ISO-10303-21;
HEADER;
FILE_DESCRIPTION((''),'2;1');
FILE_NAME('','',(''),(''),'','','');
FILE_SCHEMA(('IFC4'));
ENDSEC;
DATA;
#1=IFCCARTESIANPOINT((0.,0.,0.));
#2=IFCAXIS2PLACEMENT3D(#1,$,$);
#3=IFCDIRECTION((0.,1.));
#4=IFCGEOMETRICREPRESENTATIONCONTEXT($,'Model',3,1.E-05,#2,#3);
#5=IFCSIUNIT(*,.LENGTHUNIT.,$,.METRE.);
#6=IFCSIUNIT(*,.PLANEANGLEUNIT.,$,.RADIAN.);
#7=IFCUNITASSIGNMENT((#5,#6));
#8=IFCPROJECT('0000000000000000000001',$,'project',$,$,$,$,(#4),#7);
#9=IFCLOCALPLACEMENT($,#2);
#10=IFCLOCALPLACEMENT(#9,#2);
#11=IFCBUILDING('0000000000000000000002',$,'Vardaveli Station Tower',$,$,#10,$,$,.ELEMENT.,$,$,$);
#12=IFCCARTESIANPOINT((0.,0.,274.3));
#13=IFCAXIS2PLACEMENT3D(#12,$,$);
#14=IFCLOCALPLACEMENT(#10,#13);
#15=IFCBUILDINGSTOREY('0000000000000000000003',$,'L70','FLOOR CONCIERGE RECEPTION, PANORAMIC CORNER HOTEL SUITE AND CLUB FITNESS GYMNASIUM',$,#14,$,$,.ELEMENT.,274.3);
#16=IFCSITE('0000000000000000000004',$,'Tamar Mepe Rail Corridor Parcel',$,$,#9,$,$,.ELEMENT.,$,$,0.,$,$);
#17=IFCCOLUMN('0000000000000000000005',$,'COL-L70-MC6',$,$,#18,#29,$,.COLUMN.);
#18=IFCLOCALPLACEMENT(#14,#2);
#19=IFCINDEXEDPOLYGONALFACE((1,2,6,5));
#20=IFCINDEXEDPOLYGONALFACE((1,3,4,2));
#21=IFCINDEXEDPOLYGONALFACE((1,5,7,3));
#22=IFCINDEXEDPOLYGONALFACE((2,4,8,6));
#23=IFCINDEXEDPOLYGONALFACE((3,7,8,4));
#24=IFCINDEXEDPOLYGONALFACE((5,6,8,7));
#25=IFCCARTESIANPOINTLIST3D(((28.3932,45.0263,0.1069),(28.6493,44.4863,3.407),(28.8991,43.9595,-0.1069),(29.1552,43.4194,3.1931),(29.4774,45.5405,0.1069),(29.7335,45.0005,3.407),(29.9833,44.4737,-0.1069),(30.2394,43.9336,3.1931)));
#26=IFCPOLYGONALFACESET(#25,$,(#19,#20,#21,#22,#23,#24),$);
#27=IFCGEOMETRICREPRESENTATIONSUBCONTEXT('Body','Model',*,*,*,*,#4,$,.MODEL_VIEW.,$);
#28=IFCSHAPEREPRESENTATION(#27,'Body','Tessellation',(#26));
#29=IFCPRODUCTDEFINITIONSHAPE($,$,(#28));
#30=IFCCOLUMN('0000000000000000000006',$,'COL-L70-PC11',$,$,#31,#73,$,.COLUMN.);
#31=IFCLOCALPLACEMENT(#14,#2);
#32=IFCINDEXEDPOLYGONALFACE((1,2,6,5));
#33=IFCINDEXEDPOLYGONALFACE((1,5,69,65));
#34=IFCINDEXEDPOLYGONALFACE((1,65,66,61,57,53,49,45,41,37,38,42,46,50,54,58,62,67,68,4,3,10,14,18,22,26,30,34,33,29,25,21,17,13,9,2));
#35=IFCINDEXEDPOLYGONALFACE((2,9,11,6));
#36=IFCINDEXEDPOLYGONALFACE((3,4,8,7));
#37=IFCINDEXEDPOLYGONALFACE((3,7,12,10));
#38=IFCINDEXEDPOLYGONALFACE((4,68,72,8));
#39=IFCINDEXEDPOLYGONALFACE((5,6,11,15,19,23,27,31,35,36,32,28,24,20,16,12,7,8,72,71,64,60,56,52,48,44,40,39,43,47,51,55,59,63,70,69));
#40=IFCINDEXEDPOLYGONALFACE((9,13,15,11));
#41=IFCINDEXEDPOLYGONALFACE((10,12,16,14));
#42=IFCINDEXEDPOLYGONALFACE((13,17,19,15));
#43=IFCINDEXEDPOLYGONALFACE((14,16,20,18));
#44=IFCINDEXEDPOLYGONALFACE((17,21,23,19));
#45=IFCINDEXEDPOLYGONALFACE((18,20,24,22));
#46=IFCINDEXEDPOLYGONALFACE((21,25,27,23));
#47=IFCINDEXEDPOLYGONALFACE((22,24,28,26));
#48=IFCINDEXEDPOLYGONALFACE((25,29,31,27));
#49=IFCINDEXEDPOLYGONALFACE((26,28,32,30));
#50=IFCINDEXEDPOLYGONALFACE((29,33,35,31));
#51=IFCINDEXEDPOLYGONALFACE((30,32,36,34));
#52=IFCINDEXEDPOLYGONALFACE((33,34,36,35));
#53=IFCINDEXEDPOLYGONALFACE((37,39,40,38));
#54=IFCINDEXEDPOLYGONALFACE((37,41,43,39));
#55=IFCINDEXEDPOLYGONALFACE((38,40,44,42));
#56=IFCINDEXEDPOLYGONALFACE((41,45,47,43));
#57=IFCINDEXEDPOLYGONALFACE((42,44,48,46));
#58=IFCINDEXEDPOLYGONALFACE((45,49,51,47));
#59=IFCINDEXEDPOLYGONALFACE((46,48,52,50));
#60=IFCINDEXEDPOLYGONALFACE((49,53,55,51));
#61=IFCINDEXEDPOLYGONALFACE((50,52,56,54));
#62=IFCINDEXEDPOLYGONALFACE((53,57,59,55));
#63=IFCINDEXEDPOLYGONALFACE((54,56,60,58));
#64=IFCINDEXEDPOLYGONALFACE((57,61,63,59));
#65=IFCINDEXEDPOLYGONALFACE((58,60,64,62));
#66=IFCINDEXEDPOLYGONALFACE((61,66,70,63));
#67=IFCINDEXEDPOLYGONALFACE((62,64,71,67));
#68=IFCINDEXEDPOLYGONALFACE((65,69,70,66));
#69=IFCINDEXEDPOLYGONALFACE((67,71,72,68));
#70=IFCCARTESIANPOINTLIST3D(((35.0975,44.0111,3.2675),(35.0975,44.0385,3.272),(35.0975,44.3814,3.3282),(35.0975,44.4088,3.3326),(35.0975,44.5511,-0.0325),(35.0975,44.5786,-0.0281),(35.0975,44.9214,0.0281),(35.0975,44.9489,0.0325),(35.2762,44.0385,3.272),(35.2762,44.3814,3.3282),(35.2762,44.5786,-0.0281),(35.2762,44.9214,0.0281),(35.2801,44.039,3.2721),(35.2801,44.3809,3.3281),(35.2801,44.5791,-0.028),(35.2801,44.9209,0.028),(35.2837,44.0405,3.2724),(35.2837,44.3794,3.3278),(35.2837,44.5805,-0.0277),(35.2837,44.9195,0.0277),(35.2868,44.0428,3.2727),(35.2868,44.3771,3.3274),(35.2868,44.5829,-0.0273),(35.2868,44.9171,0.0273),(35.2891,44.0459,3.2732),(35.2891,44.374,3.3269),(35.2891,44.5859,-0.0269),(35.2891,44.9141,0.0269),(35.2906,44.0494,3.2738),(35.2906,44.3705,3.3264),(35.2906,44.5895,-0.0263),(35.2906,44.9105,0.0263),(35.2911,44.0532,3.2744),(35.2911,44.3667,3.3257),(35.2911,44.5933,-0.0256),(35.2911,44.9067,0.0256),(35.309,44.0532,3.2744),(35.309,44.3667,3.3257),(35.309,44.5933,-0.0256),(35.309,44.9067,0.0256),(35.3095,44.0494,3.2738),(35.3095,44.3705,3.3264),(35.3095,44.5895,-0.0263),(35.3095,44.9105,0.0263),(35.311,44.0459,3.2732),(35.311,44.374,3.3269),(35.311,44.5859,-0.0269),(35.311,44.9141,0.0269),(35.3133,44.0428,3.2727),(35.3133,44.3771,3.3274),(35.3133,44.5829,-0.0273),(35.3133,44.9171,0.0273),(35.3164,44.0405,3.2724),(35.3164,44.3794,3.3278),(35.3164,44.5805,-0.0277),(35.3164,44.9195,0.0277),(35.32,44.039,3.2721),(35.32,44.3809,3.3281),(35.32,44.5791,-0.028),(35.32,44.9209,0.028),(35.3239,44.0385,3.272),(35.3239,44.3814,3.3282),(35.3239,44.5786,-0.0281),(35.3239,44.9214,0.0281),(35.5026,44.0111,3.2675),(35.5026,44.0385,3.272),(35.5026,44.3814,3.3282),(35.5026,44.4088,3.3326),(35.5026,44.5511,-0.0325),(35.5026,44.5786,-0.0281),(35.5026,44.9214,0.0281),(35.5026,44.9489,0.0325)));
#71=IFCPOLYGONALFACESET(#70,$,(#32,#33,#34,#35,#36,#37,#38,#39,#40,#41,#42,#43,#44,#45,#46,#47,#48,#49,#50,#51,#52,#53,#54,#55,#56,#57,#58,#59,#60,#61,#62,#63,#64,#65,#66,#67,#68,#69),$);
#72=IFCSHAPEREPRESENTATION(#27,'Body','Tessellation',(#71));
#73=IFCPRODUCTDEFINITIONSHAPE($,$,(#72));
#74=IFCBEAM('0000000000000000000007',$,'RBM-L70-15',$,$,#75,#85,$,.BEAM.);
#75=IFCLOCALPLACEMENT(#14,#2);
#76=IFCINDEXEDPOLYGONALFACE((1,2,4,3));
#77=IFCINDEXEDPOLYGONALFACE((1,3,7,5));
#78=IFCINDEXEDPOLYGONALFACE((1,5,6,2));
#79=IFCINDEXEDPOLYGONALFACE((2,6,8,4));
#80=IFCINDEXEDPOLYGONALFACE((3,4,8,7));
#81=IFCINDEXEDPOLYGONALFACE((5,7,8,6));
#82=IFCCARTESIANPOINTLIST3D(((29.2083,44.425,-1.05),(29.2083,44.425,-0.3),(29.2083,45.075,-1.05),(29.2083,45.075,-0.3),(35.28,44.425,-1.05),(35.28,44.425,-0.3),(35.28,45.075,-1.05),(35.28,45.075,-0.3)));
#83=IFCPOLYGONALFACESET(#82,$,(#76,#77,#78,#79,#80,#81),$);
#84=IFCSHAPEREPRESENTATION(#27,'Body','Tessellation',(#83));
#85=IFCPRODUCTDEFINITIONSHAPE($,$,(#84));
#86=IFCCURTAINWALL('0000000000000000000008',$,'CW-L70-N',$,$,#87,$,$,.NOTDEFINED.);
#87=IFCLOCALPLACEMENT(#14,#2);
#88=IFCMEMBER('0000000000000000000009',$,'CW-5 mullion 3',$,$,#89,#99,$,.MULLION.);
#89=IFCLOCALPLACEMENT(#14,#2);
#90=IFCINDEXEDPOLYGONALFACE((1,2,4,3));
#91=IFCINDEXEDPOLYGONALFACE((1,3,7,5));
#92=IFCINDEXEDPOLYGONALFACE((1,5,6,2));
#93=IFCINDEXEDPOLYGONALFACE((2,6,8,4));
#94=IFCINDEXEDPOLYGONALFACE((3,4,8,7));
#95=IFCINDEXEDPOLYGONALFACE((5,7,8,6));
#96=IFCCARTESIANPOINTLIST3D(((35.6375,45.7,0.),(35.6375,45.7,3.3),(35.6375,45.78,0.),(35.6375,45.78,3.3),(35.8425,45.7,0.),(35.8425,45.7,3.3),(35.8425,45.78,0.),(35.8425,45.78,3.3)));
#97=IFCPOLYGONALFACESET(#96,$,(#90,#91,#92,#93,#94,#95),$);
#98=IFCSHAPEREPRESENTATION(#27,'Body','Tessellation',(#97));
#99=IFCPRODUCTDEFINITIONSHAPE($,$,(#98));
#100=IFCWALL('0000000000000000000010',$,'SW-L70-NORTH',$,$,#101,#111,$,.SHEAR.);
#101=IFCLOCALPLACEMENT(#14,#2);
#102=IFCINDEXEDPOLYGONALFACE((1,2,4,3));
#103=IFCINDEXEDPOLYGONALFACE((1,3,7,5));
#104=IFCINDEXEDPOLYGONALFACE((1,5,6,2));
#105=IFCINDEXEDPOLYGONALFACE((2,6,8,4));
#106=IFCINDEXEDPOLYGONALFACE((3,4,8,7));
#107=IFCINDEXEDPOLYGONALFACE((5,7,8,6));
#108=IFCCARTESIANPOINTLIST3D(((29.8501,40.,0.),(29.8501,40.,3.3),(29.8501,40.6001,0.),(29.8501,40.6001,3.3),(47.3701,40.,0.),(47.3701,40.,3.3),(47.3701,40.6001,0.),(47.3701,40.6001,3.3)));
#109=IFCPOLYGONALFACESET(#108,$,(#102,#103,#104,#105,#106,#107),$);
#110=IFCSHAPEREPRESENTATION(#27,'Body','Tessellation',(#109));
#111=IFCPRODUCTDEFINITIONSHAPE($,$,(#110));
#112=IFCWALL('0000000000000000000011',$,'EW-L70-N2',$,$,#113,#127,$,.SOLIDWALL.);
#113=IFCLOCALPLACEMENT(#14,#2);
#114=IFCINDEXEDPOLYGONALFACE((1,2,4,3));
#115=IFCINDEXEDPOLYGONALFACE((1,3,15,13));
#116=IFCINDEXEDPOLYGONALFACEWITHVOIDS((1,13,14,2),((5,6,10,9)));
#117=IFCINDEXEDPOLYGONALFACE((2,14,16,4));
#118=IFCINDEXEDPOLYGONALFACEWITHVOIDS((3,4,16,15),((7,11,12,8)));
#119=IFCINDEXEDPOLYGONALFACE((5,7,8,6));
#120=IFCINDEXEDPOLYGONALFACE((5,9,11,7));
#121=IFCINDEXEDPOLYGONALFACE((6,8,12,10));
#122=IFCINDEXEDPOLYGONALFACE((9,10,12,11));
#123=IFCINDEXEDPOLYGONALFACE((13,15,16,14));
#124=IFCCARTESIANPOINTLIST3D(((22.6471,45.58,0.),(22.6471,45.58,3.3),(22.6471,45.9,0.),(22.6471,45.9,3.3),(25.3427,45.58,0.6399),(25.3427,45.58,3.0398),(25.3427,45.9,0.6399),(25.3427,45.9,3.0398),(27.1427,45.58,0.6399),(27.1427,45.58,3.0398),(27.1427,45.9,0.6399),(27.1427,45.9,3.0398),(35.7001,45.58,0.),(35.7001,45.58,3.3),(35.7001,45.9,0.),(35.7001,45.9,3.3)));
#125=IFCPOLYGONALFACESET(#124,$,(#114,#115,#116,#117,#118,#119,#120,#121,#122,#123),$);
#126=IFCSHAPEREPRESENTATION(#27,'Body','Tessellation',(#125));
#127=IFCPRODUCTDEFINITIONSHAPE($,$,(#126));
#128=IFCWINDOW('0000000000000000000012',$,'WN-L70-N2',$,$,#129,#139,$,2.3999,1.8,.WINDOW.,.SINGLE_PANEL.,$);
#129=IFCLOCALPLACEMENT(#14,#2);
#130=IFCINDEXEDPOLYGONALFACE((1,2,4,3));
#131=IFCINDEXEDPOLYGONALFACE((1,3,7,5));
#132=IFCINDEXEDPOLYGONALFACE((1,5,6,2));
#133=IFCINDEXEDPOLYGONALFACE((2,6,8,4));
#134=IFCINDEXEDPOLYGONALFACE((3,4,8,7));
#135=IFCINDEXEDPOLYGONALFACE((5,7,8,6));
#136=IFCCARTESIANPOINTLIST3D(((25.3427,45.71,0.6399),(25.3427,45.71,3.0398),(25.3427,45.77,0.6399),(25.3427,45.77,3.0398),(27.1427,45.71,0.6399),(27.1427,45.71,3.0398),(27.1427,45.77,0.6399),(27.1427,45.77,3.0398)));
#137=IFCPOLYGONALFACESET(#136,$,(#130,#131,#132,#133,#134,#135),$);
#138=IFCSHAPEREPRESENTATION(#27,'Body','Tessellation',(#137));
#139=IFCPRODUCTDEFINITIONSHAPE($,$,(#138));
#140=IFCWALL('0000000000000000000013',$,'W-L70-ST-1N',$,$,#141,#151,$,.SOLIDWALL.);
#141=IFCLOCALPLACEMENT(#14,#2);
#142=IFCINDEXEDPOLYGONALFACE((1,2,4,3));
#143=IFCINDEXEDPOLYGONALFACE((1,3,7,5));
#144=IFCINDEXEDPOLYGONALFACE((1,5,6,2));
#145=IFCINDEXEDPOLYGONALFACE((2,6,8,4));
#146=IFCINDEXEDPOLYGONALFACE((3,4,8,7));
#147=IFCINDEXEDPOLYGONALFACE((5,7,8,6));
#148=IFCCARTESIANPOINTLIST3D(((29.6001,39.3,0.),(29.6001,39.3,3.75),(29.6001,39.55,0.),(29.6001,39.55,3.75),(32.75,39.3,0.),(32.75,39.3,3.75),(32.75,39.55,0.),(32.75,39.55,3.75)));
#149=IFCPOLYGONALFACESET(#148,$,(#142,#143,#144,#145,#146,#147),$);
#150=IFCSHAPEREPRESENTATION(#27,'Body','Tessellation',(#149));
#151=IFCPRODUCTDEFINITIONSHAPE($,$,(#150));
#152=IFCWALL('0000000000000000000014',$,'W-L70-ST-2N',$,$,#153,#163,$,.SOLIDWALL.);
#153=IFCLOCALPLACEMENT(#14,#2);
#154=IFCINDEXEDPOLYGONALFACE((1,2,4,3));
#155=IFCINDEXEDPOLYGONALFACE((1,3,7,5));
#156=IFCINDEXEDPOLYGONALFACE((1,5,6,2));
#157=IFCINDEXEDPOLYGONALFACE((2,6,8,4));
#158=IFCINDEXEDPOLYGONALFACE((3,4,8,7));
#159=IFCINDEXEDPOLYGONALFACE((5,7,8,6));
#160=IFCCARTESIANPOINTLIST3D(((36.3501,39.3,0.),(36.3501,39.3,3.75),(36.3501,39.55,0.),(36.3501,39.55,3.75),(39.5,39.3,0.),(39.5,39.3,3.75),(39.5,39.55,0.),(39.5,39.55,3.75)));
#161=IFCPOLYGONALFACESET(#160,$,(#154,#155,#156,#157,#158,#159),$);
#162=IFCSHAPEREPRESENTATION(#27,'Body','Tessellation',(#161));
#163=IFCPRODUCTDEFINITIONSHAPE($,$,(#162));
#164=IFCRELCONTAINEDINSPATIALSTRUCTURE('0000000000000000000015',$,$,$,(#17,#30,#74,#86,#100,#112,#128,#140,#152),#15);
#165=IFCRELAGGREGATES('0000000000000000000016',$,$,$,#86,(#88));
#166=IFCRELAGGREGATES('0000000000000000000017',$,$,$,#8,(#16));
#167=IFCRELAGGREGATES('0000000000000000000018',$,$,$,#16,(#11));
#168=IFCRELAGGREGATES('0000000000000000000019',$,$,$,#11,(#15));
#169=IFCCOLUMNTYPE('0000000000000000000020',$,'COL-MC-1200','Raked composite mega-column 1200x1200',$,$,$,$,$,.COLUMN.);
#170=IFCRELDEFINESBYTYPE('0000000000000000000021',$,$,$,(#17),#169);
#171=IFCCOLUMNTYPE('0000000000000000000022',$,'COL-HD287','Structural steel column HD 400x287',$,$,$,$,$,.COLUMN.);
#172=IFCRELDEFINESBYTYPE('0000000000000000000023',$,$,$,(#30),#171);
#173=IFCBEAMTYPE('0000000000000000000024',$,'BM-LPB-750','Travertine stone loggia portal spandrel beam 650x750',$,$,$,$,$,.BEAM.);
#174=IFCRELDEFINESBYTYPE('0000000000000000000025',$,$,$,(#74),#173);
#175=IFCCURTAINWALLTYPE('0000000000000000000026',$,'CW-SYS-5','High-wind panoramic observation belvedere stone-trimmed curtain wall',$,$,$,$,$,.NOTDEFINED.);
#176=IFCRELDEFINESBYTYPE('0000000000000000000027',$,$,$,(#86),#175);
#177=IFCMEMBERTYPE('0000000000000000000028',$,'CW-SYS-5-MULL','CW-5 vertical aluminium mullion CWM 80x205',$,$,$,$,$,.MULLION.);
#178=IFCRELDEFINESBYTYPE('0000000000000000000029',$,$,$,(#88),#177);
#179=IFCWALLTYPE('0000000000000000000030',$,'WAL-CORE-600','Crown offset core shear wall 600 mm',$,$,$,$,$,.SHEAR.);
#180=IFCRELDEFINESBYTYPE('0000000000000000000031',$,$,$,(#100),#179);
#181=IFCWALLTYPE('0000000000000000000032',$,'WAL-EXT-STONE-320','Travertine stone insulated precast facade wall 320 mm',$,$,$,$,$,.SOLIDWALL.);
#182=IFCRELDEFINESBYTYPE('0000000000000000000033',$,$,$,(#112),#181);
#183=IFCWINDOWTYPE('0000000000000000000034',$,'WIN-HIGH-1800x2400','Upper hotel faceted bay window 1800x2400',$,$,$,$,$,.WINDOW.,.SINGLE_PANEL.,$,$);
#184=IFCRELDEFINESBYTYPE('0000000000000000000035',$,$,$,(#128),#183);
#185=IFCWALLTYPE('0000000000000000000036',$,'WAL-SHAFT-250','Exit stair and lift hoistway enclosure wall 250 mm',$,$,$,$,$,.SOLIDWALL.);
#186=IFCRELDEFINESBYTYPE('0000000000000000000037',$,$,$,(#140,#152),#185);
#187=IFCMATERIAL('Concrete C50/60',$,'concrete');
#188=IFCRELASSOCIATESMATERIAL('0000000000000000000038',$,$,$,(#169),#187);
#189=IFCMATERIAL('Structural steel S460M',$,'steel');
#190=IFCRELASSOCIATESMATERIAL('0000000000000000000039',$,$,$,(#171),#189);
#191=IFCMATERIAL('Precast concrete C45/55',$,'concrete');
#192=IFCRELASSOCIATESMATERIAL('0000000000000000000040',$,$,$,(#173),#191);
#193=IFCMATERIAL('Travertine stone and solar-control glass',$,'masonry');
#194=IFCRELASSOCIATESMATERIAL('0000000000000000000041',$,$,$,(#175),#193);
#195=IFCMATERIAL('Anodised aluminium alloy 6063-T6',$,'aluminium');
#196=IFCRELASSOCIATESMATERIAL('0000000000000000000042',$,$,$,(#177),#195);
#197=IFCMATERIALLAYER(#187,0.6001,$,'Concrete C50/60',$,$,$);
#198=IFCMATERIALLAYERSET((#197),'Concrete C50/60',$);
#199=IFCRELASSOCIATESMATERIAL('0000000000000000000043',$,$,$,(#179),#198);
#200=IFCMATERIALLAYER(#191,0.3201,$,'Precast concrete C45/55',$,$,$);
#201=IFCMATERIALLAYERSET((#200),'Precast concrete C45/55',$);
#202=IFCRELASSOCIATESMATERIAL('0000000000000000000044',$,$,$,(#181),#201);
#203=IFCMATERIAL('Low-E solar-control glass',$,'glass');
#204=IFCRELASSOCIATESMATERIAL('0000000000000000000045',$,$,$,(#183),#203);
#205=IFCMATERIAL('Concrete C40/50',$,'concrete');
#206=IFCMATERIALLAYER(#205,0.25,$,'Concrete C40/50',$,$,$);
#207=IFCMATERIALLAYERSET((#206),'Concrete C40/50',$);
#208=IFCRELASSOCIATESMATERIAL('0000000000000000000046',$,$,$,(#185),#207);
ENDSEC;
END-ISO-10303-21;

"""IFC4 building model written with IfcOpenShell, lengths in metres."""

from ifc_helpers import new_model, si_unit, direction, frame, frame_2d, origin, origin_2d, place, context, subcontext, project, spatial, rectangle, i_section, extrude, source, transform, mapped, material, layer, layer_set, material_profile, profile_set, type_object, element, fill, aggregate, save


model = new_model("IFC4")

# Units and contexts
model_context = context("Model", 3, precision=1e-05, world=origin(), true_north=direction((0.0, 1.0)))
body_context = subcontext(model_context, "Body", "Model", "MODEL_VIEW")
ifc_project = project(units=[si_unit("LENGTHUNIT", "METRE"), si_unit("PLANEANGLEUNIT", "RADIAN")], contexts=[model_context])

# Site, building, storey
site_placement = place(None, origin())
site = spatial("IfcSite", under=ifc_project, at=site_placement, Name="Tamar Mepe Rail Corridor Parcel", CompositionType="ELEMENT", RefElevation=0.0)
building_placement = place(site_placement, origin())
building = spatial("IfcBuilding", under=site, at=building_placement, Name="Vardaveli Station Tower", CompositionType="ELEMENT")
storey_placement = place(building_placement, frame((0.0, 0.0, 274.3)))
storey = spatial("IfcBuildingStorey", under=building, at=storey_placement, Name="L70", Description="FLOOR CONCIERGE RECEPTION, PANORAMIC CORNER HOTEL SUITE AND CLUB FITNESS GYMNASIUM", CompositionType="ELEMENT", Elevation=274.3)

# Columns
ifc_material_1 = material(Name="Concrete C50/60", Category="concrete")
ifc_material_profile_1 = material_profile(ifc_material_1, rectangle(XDim=1.2, YDim=1.2, at=origin_2d()), Name="MC 1200x1200")
ifc_profile_set_1 = profile_set([ifc_material_profile_1], Name="Concrete C50/60")
column_type_1 = type_object("IfcColumnType", Name="COL-MC-1200", Description="Raked composite mega-column 1200x1200", PredefinedType="COLUMN", material=ifc_profile_set_1)
shared_shape_1 = source(origin(), body_context, "Body", "SweptSolid", [
    extrude(rectangle(XDim=1.2, YDim=1.2, at=origin_2d()), origin(), (0.0, 0.0, 1.0), 3.3538),
])
column_1_placement = place(storey_placement, frame((29.1882, 44.75, 0.0), z_axis=(0.076364, -0.161026, 0.983991), x_axis=(0.903546, 0.42849, 0.0)))
element("IfcColumn", 1, at=column_1_placement, inside=storey, type_object=column_type_1, Name="COL-L70-MC6", PredefinedType="COLUMN", context=body_context, shape_type="MappedRepresentation", body=[
    mapped(shared_shape_1, transform((0.0, 0.0, 0.0), scale=1.0)),
])
ifc_material_2 = material(Name="Structural steel S460M", Category="steel")
ifc_material_profile_2 = material_profile(ifc_material_2, i_section(OverallWidth=0.405, OverallDepth=0.4031, WebThickness=0.0178, FlangeThickness=0.0278, FilletRadius=0.0149, at=origin_2d()), Name="HD 400x287")
ifc_profile_set_2 = profile_set([ifc_material_profile_2], Name="Structural steel S460M")
column_type_2 = type_object("IfcColumnType", Name="COL-HD287", Description="Structural steel column HD 400x287", PredefinedType="COLUMN", material=ifc_profile_set_2)
shared_shape_2 = source(origin(), body_context, "Body", "SweptSolid", [
    extrude(i_section(OverallWidth=0.405, OverallDepth=0.4031, WebThickness=0.0178, FlangeThickness=0.0278, FilletRadius=0.0149, at=origin_2d()), origin(), (0.0, 0.0, 1.0), 3.344),
])
column_2_placement = place(storey_placement, frame((35.3, 44.75, 0.0), z_axis=(0.0, -0.161498, 0.986873), x_axis=(1.0, 0.0, 0.0)))
element("IfcColumn", 2, at=column_2_placement, inside=storey, type_object=column_type_2, Name="COL-L70-PC11", PredefinedType="COLUMN", context=body_context, shape_type="MappedRepresentation", body=[
    mapped(shared_shape_2, transform((0.0, 0.0, 0.0), scale=1.0)),
])

# Beam
ifc_material_3 = material(Name="Precast concrete C45/55", Category="concrete")
ifc_material_profile_3 = material_profile(ifc_material_3, rectangle(XDim=0.6499, YDim=0.75, at=origin_2d()), Name="LPB 650x750")
ifc_profile_set_3 = profile_set([ifc_material_profile_3], Name="Precast concrete C45/55")
beam_type = type_object("IfcBeamType", Name="BM-LPB-750", Description="Travertine stone loggia portal spandrel beam 650x750", PredefinedType="BEAM", material=ifc_profile_set_3)
shared_shape_3 = source(origin(), body_context, "Body", "SweptSolid", [
    extrude(rectangle(XDim=0.6499, YDim=0.75, at=origin_2d()), origin(), (0.0, 0.0, 1.0), 6.0718),
])
beam_placement = place(storey_placement, frame((35.28, 44.75, -0.675), z_axis=(-1.0, 0.0, 0.0), x_axis=(0.0, -1.0, 0.0)))
element("IfcBeam", 3, at=beam_placement, inside=storey, type_object=beam_type, Name="RBM-L70-15", PredefinedType="BEAM", context=body_context, shape_type="MappedRepresentation", body=[
    mapped(shared_shape_3, transform((0.0, 0.0, 0.0), scale=1.0)),
])

# Curtain wall, member
ifc_material_4 = material(Name="Travertine stone and solar-control glass", Category="masonry")
curtain_wall_type = type_object("IfcCurtainWallType", Name="CW-SYS-5", Description="High-wind panoramic observation belvedere stone-trimmed curtain wall", PredefinedType="NOTDEFINED", material=ifc_material_4)
curtain_wall_placement = place(storey_placement, origin())
curtain_wall = element("IfcCurtainWall", 4, at=curtain_wall_placement, inside=storey, type_object=curtain_wall_type, Name="CW-L70-N", PredefinedType="NOTDEFINED")
ifc_material_5 = material(Name="Anodised aluminium alloy 6063-T6", Category="aluminium")
ifc_material_profile_4 = material_profile(ifc_material_5, rectangle(XDim=0.0801, YDim=0.2051, at=origin_2d()), Name="CWM 80x205")
ifc_profile_set_4 = profile_set([ifc_material_profile_4], Name="Anodised aluminium alloy 6063-T6")
member_type = type_object("IfcMemberType", Name="CW-SYS-5-MULL", Description="CW-5 vertical aluminium mullion CWM 80x205", PredefinedType="MULLION", material=ifc_profile_set_4)
shared_shape_4 = source(origin(), body_context, "Body", "SweptSolid", [
    extrude(rectangle(XDim=0.0801, YDim=0.2051, at=origin_2d()), origin(), (0.0, 0.0, 1.0), 3.3),
])
member_placement = place(storey_placement, frame((35.74, 45.74, 0.0), z_axis=(0.0, 0.0, 1.0), x_axis=(0.0, -1.0, 0.0)))
member = element("IfcMember", 5, at=member_placement, type_object=member_type, Name="CW-5 mullion 3", PredefinedType="MULLION", context=body_context, shape_type="MappedRepresentation", body=[
    mapped(shared_shape_4, transform((0.0, 0.0, 0.0), scale=1.0)),
])
aggregate(curtain_wall, [member])

# Wall
ifc_layer_1 = layer(ifc_material_1, 0.6001, Name="Concrete C50/60")
ifc_layer_set_1 = layer_set([ifc_layer_1], Name="Concrete C50/60")
wall_type_1 = type_object("IfcWallType", Name="WAL-CORE-600", Description="Crown offset core shear wall 600 mm", PredefinedType="SHEAR", material=ifc_layer_set_1)
shared_shape_5 = source(origin(), body_context, "Body", "SweptSolid", [
    extrude(rectangle(XDim=17.52, YDim=0.6001, at=frame_2d((8.76, 0.0))), origin(), (0.0, 0.0, 1.0), 3.3),
])
wall_1_placement = place(storey_placement, frame((29.8501, 40.3, 0.0), z_axis=(0.0, 0.0, 1.0), x_axis=(1.0, 0.0, 0.0)))
element("IfcWall", 6, at=wall_1_placement, inside=storey, type_object=wall_type_1, Name="SW-L70-NORTH", PredefinedType="SHEAR", context=body_context, shape_type="MappedRepresentation", body=[
    mapped(shared_shape_5, transform((0.0, 0.0, 0.0), scale=1.0)),
])

# Wall, opening, window
ifc_layer_2 = layer(ifc_material_3, 0.3201, Name="Precast concrete C45/55")
ifc_layer_set_2 = layer_set([ifc_layer_2], Name="Precast concrete C45/55")
wall_type_2 = type_object("IfcWallType", Name="WAL-EXT-STONE-320", Description="Travertine stone insulated precast facade wall 320 mm", PredefinedType="SOLIDWALL", material=ifc_layer_set_2)
shared_shape_6 = source(origin(), body_context, "Body", "SweptSolid", [
    extrude(rectangle(XDim=13.053, YDim=0.3201, at=frame_2d((6.5264, 0.0))), origin(), (0.0, 0.0, 1.0), 3.3),
])
wall_2_placement = place(storey_placement, frame((35.7, 45.74, 0.0), z_axis=(0.0, 0.0, 1.0), x_axis=(-1.0, 0.0, 0.0)))
wall_2 = element("IfcWall", 7, at=wall_2_placement, inside=storey, type_object=wall_type_2, Name="EW-L70-N2", PredefinedType="SOLIDWALL", context=body_context, shape_type="MappedRepresentation", body=[
    mapped(shared_shape_6, transform((0.0, 0.0, 0.0), scale=1.0)),
])
shared_shape_7 = source(origin(), body_context, "Body", "SweptSolid", [
    extrude(rectangle(XDim=1.8, YDim=2.3999, at=frame_2d((0.8999, 1.2))), frame((0.0, 0.1699, 0.0), z_axis=(0.0, -1.0, 0.0), x_axis=(1.0, 0.0, 0.0)), (0.0, 0.0, 1.0), 0.3401),
])
opening_1_placement = place(wall_2_placement, frame((8.5574, 0.0, 0.6399)))
opening_1 = element("IfcOpeningElement", 8, at=opening_1_placement, cuts=wall_2, PredefinedType="OPENING", context=body_context, shape_type="MappedRepresentation", body=[
    mapped(shared_shape_7, transform((0.0, 0.0, 0.0), scale=1.0)),
])
ifc_material_6 = material(Name="Low-E solar-control glass", Category="glass")
window_type = type_object("IfcWindowType", Name="WIN-HIGH-1800x2400", Description="Upper hotel faceted bay window 1800x2400", PartitioningType="SINGLE_PANEL", PredefinedType="WINDOW", material=ifc_material_6)
shared_shape_8 = source(origin(), body_context, "Body", "SweptSolid", [
    extrude(rectangle(XDim=1.8, YDim=2.3999, at=frame_2d((0.8999, 1.2))), frame((0.0, 0.03, 0.0), z_axis=(0.0, -1.0, 0.0), x_axis=(1.0, 0.0, 0.0)), (0.0, 0.0, 1.0), 0.0601),
])
window_placement = place(opening_1_placement, origin())
window = element("IfcWindow", 9, at=window_placement, inside=storey, type_object=window_type, Name="WN-L70-N2", OverallHeight=2.3999, OverallWidth=1.8, PartitioningType="SINGLE_PANEL", PredefinedType="WINDOW", context=body_context, shape_type="MappedRepresentation", body=[
    mapped(shared_shape_8, transform((0.0, 0.0, 0.0), scale=1.0)),
])
fill(opening_1, window)

# Walls
ifc_material_7 = material(Name="Concrete C40/50", Category="concrete")
ifc_layer_3 = layer(ifc_material_7, 0.25, Name="Concrete C40/50")
ifc_layer_set_3 = layer_set([ifc_layer_3], Name="Concrete C40/50")
wall_type_3 = type_object("IfcWallType", Name="WAL-SHAFT-250", Description="Exit stair and lift hoistway enclosure wall 250 mm", PredefinedType="SOLIDWALL", material=ifc_layer_set_3)
shared_shape_9 = source(origin(), body_context, "Body", "SweptSolid", [
    extrude(rectangle(XDim=3.1499, YDim=0.25, at=frame_2d((1.575, 0.0))), origin(), (0.0, 0.0, 1.0), 3.75),
])
for number, where, z_axis, x_axis, name in (
    (10, (29.6001, 39.425, 0.0), (0.0, 0.0, 1.0), (1.0, 0.0, 0.0), "W-L70-ST-1N"),
    (11, (36.3501, 39.425, 0.0), (0.0, 0.0, 1.0), (1.0, 0.0, 0.0), "W-L70-ST-2N"),
):
    element("IfcWall", number, at=place(storey_placement, frame(where, z_axis=z_axis, x_axis=x_axis)), inside=storey, type_object=wall_type_3, Name=name, PredefinedType="SOLIDWALL", context=body_context, shape_type="MappedRepresentation", body=[
        mapped(shared_shape_9, transform((0.0, 0.0, 0.0), scale=1.0)),
    ])

save(model, "model.ifc")
